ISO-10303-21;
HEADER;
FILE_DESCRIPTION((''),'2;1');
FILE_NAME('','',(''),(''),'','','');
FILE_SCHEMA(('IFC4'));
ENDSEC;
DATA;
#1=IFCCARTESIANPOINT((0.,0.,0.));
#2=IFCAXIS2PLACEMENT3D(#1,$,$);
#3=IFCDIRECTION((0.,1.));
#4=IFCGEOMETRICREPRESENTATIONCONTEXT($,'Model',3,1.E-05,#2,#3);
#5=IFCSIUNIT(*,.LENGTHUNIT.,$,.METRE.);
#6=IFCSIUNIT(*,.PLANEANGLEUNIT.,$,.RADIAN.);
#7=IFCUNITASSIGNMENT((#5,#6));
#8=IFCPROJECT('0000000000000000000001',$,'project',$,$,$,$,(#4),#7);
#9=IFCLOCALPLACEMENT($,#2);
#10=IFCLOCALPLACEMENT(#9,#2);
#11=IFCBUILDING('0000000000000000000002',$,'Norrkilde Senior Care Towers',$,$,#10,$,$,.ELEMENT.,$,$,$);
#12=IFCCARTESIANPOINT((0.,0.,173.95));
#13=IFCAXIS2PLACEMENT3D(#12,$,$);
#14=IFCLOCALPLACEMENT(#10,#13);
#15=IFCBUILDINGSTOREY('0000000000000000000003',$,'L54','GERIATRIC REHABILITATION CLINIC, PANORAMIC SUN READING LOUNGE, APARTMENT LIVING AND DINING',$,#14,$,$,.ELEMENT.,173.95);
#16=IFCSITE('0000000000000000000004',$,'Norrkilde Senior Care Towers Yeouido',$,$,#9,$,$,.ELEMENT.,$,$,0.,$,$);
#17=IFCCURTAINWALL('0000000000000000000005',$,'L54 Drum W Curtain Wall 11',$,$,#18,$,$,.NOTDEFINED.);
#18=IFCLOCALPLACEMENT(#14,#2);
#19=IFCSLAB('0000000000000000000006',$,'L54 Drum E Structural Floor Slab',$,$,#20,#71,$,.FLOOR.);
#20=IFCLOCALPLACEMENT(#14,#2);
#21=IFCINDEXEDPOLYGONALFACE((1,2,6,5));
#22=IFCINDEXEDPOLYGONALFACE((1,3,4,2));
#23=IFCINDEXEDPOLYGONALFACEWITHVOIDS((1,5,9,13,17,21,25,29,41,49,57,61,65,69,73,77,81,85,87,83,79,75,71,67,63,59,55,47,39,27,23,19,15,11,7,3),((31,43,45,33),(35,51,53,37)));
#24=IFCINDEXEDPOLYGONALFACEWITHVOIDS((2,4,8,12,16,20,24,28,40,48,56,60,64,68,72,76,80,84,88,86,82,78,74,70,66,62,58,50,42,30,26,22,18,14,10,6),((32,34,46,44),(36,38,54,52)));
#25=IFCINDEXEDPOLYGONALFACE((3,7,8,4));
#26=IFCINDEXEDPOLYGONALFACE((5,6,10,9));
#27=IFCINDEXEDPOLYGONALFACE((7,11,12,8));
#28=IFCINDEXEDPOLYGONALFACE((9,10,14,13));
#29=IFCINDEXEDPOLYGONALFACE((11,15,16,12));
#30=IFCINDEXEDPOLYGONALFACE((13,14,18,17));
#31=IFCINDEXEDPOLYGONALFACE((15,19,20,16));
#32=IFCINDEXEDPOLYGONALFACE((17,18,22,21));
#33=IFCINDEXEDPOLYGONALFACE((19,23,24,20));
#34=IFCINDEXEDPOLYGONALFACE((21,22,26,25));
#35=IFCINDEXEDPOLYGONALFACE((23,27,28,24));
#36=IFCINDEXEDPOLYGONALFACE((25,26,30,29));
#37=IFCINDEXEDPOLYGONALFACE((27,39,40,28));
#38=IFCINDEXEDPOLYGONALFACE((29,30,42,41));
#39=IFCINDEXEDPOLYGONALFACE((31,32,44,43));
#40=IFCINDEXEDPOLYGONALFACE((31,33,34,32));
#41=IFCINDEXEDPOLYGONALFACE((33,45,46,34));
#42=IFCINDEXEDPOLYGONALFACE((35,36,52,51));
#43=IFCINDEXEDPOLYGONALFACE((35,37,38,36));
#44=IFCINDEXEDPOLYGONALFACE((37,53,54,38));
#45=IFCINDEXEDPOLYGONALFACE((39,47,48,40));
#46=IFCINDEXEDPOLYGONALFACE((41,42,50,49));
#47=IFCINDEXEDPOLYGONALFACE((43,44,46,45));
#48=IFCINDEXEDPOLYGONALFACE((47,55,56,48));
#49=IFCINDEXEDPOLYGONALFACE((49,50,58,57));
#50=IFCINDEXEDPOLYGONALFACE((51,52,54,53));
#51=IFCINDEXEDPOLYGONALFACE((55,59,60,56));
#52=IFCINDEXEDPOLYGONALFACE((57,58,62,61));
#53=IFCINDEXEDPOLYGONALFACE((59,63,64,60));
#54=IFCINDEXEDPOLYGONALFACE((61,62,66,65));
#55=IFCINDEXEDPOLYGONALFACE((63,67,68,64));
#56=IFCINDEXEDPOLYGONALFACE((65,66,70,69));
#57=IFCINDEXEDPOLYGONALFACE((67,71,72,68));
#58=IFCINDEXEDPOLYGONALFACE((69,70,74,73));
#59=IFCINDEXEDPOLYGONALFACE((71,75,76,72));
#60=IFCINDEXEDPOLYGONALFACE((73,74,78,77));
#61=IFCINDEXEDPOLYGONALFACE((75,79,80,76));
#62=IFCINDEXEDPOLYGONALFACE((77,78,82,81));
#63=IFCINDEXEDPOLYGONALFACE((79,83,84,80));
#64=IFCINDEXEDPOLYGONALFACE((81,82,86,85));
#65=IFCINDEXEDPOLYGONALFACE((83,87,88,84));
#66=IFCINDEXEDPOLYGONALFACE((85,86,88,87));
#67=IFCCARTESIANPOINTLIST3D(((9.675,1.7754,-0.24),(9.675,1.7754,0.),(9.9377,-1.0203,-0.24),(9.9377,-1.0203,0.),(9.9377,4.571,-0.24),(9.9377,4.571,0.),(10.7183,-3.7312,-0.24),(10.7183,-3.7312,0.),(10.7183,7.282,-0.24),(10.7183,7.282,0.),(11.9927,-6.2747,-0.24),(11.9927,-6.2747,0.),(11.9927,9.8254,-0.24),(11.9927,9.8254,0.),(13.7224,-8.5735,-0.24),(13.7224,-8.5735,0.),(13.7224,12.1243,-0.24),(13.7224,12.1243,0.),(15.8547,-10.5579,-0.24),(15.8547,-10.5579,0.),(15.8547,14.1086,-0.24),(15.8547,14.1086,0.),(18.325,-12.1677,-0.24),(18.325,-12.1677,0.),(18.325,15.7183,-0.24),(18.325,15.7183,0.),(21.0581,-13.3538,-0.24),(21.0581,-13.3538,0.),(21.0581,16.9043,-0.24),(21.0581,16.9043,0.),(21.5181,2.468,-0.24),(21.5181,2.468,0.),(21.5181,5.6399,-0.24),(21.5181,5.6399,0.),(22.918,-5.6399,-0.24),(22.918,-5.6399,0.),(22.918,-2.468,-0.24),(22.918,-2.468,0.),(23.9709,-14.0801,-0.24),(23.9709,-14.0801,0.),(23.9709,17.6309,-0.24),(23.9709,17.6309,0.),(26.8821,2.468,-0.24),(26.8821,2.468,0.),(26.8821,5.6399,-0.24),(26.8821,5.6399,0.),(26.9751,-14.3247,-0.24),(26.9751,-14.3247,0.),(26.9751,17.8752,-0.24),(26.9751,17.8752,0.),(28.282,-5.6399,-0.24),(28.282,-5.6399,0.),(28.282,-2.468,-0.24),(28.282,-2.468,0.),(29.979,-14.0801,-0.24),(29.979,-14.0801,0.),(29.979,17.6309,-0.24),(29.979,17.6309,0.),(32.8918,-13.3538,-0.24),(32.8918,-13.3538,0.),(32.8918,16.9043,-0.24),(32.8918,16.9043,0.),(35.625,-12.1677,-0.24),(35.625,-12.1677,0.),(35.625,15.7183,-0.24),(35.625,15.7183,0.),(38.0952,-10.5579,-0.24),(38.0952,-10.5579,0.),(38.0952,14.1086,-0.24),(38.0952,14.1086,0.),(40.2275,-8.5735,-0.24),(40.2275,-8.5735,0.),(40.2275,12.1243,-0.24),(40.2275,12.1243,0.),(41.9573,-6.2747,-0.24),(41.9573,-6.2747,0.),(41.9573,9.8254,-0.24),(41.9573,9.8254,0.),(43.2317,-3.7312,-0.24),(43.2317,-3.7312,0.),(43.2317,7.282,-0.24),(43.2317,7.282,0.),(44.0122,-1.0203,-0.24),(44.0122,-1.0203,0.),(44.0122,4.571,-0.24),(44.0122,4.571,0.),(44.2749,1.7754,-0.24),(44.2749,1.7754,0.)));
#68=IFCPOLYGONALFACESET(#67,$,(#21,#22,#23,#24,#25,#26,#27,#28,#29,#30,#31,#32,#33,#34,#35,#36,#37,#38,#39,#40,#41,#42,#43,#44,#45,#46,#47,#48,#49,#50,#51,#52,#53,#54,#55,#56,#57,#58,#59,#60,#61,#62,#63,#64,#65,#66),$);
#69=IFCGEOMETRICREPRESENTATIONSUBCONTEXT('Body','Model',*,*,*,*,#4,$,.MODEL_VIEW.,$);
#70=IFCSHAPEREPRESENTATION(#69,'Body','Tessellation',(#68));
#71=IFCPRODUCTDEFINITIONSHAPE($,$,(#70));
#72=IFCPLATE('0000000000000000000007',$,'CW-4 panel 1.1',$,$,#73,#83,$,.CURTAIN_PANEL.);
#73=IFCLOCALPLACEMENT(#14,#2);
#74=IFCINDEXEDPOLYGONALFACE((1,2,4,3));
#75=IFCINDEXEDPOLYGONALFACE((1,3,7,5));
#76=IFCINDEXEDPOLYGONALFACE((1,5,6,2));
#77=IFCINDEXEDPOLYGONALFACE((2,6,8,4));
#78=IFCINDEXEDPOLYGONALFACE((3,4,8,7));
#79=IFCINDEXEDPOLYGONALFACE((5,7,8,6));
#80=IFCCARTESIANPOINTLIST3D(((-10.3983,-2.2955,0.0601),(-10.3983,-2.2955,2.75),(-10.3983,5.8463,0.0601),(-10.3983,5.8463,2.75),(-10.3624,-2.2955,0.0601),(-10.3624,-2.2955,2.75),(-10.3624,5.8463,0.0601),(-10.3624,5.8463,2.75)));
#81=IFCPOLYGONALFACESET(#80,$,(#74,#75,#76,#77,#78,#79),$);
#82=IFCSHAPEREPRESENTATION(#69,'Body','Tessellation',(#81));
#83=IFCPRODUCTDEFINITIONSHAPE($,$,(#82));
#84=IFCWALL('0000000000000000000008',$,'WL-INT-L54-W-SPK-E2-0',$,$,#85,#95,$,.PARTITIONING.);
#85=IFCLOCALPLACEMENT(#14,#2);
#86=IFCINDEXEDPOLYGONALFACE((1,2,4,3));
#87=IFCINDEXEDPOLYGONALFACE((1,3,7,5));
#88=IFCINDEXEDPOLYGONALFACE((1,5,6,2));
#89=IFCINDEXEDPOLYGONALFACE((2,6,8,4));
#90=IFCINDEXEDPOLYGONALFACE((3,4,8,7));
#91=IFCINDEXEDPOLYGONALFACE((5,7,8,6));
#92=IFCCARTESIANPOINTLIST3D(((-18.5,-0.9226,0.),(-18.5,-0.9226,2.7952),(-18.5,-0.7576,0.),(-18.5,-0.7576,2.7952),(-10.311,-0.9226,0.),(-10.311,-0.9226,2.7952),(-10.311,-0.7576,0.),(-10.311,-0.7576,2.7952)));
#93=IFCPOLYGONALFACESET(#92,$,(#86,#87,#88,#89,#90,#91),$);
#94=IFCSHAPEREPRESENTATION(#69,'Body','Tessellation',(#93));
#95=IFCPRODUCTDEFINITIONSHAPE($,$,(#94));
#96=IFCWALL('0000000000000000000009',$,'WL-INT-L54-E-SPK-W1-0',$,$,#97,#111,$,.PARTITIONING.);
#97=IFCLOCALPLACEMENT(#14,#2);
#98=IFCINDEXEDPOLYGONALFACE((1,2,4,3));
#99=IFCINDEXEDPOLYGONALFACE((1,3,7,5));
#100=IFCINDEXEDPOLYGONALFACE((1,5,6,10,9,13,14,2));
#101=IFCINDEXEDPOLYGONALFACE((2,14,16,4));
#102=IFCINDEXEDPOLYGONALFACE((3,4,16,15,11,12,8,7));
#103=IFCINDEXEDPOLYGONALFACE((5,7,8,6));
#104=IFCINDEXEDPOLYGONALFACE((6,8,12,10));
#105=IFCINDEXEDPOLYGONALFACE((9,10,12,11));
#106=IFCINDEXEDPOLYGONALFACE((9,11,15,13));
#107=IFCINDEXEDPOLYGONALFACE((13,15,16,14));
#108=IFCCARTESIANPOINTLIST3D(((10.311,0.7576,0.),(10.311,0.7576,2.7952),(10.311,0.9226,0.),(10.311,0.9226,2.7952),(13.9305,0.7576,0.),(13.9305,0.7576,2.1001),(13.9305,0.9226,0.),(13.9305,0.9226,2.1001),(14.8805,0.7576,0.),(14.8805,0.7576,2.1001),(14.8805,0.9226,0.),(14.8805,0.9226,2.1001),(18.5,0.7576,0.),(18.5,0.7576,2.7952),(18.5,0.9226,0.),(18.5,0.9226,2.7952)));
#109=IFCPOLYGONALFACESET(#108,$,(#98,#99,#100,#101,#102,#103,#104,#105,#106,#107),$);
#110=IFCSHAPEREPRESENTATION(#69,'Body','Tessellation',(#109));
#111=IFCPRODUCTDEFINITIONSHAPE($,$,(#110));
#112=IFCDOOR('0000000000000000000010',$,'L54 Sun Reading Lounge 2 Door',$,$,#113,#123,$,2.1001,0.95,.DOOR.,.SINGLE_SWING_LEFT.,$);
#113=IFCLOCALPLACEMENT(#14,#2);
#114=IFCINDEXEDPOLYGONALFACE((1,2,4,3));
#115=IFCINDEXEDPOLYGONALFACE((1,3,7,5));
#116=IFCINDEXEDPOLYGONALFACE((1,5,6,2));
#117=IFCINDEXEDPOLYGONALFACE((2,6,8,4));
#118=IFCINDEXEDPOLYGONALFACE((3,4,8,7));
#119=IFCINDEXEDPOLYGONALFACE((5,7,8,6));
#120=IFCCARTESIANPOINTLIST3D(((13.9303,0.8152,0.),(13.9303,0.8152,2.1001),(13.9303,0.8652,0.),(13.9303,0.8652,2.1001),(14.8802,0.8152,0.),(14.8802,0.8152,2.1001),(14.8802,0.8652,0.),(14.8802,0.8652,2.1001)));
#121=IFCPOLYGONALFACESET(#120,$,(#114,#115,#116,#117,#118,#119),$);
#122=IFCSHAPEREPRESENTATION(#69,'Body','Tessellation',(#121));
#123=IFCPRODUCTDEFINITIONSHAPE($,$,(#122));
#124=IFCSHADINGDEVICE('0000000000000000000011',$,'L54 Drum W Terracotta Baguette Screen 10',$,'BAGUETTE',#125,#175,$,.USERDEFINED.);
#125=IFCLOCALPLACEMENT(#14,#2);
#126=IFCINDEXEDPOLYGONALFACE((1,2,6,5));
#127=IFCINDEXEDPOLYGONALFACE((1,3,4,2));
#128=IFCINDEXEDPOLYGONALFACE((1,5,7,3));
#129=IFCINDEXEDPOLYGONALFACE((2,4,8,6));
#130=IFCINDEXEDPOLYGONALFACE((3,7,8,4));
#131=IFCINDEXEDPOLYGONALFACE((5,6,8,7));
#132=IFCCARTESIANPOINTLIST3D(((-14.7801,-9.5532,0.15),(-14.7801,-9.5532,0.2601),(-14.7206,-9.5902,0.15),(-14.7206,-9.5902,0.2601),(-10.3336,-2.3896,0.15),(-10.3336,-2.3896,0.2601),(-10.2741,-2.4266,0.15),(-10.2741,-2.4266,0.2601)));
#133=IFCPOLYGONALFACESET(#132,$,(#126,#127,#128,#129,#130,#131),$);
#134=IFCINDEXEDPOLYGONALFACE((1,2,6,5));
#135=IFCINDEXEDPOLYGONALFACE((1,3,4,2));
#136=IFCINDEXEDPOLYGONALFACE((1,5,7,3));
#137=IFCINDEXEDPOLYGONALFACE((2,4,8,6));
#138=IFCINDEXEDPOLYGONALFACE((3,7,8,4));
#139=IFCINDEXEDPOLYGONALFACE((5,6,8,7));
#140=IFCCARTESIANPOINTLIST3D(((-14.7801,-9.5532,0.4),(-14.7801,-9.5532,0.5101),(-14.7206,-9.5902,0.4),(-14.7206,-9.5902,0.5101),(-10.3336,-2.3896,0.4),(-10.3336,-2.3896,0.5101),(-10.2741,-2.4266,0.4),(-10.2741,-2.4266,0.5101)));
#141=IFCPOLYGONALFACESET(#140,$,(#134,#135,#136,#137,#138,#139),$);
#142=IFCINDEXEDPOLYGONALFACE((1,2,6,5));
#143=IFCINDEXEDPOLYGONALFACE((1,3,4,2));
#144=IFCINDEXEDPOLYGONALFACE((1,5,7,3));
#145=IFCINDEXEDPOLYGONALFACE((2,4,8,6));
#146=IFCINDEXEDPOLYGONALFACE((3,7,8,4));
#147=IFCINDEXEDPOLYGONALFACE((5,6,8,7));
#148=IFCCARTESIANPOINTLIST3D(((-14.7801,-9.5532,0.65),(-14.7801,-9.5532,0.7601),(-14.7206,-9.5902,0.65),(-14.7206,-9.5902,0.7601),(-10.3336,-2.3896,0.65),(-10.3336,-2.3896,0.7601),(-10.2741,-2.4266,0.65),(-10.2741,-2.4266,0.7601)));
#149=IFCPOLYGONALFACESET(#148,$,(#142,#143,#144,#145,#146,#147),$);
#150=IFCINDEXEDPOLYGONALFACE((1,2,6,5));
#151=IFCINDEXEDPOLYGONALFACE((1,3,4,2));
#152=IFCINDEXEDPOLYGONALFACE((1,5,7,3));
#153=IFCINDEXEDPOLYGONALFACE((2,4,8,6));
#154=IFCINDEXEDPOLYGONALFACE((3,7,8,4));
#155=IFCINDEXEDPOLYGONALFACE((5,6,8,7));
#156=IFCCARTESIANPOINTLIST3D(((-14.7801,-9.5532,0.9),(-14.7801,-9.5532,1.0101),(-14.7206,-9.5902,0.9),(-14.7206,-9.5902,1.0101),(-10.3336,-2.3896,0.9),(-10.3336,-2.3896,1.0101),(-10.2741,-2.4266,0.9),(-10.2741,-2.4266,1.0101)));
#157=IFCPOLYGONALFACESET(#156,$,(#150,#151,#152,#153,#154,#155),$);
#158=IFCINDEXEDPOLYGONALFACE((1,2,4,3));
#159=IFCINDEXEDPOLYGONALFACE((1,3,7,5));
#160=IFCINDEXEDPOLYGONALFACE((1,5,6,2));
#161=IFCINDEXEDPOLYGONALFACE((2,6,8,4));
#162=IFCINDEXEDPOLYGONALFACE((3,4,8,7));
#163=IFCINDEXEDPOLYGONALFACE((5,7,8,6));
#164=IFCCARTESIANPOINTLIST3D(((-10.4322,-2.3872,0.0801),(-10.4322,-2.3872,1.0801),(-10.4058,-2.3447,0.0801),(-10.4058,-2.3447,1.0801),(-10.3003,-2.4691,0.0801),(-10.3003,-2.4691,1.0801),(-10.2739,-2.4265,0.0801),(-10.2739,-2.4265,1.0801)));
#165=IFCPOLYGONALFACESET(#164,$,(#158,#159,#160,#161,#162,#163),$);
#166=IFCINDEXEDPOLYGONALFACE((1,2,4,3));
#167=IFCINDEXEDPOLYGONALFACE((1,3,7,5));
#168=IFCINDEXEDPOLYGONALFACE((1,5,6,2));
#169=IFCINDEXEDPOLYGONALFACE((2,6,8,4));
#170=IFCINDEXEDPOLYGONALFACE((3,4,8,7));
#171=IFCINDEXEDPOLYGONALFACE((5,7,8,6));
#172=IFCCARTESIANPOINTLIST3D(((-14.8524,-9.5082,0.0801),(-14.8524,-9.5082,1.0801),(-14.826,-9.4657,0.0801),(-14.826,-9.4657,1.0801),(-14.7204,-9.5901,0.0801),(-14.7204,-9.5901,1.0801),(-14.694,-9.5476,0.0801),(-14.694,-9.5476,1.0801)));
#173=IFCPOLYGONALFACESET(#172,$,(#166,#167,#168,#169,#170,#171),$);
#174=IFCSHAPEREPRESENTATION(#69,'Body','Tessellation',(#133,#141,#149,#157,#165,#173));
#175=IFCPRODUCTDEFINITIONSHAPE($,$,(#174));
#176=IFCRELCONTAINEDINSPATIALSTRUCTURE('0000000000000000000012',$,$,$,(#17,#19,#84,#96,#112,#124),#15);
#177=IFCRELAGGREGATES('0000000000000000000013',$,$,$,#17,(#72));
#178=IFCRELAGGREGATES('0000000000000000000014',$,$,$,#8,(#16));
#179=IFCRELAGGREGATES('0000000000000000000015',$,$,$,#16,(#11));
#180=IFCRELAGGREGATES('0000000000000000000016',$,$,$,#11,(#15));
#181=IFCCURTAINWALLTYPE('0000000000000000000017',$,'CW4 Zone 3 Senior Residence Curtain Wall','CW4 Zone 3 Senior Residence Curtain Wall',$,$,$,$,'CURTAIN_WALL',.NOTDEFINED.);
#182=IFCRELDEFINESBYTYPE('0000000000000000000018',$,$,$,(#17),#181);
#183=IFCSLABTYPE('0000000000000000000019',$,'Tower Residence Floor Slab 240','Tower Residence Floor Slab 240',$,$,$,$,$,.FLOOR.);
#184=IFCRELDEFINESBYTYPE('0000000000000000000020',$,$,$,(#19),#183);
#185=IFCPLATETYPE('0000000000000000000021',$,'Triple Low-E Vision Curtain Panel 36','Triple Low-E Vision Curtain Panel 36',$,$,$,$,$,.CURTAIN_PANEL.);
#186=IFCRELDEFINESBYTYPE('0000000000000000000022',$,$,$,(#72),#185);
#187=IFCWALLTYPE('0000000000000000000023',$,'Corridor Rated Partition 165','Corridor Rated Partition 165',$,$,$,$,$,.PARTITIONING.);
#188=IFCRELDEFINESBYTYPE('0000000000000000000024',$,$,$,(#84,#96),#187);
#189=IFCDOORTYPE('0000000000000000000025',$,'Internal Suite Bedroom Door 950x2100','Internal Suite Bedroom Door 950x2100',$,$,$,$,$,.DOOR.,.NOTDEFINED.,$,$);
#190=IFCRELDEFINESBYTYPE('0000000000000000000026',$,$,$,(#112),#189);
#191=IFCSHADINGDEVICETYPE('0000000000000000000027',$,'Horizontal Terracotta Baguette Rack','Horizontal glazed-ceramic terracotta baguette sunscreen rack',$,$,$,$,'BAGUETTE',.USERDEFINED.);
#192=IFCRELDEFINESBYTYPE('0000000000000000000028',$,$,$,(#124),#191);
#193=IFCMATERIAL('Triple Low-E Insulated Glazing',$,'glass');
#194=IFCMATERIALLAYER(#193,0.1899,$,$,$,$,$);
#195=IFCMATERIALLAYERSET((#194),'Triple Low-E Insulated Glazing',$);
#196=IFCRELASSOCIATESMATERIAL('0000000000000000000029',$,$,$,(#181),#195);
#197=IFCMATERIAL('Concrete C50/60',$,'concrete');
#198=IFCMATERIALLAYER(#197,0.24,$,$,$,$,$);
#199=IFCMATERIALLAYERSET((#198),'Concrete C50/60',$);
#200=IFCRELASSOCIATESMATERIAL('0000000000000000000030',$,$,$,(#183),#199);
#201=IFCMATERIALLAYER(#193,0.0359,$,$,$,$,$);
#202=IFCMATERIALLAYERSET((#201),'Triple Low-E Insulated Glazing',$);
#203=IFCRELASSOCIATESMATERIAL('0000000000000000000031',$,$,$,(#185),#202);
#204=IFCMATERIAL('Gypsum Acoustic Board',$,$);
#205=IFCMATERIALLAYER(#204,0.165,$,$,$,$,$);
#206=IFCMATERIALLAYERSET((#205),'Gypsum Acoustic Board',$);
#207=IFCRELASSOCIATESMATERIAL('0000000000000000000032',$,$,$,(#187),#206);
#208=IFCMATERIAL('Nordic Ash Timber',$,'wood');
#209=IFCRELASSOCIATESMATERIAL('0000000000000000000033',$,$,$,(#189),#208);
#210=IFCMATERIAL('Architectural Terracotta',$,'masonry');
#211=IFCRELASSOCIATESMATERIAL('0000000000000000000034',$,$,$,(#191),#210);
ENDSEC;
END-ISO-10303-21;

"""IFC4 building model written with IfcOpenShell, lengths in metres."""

from ifc_helpers import new_model, si_unit, direction, frame, frame_2d, origin, origin_2d, place, context, subcontext, project, spatial, polyline, rectangle, outline, extrude, source, transform, mapped, material, layer, layer_set, type_object, type_shapes, element, fill, aggregate, save


model = new_model("IFC4")

# Units and contexts
model_context = context("Model", 3, precision=1e-05, world=origin(), true_north=direction((0.0, 1.0)))
body_context = subcontext(model_context, "Body", "Model", "MODEL_VIEW")
ifc_project = project(units=[si_unit("LENGTHUNIT", "METRE"), si_unit("PLANEANGLEUNIT", "RADIAN")], contexts=[model_context])

# Site, building, storey
site_placement = place(None, origin())
site = spatial("IfcSite", under=ifc_project, at=site_placement, Name="Norrkilde Senior Care Towers Yeouido", CompositionType="ELEMENT", RefElevation=0.0)
building_placement = place(site_placement, origin())
building = spatial("IfcBuilding", under=site, at=building_placement, Name="Norrkilde Senior Care Towers", CompositionType="ELEMENT")
storey_placement = place(building_placement, frame((0.0, 0.0, 173.95)))
storey = spatial("IfcBuildingStorey", under=building, at=storey_placement, Name="L54", Description="GERIATRIC REHABILITATION CLINIC, PANORAMIC SUN READING LOUNGE, APARTMENT LIVING AND DINING", CompositionType="ELEMENT", Elevation=173.95)

# Shared definitions
ifc_material_1 = material(Name="Concrete C50/60", Category="concrete")

# Shared definitions
ifc_material_2 = material(Name="Triple Low-E Insulated Glazing", Category="glass")
ifc_layer_1 = layer(ifc_material_2, 0.1899)
ifc_layer_set_1 = layer_set([ifc_layer_1], Name="Triple Low-E Insulated Glazing")
curtain_wall_type = type_object("IfcCurtainWallType", Name="CW4 Zone 3 Senior Residence Curtain Wall", Description="CW4 Zone 3 Senior Residence Curtain Wall", ElementType="CURTAIN_WALL", PredefinedType="NOTDEFINED", material=ifc_layer_set_1)

# Curtain wall
curtain_wall_1_placement = place(storey_placement, origin())
curtain_wall_1 = element("IfcCurtainWall", 1, at=curtain_wall_1_placement, inside=storey, type_object=curtain_wall_type, Name="L54 Drum W Curtain Wall 11", PredefinedType="NOTDEFINED")

# Slab
ifc_layer_2 = layer(ifc_material_1, 0.24)
ifc_layer_set_2 = layer_set([ifc_layer_2], Name="Concrete C50/60")
slab_type_1 = type_object("IfcSlabType", Name="Tower Residence Floor Slab 240", Description="Tower Residence Floor Slab 240", PredefinedType="FLOOR", material=ifc_layer_set_2)
slab_1_placement = place(storey_placement, frame((0.0, 0.0, -0.24)))
element("IfcSlab", 2, at=slab_1_placement, inside=storey, type_object=slab_type_1, Name="L54 Drum E Structural Floor Slab", PredefinedType="FLOOR", context=body_context, shape_type="SweptSolid", body=[
    extrude(outline(polyline([(43.2317, -3.7312), (41.9573, -6.2747), (40.2275, -8.5735), (38.0952, -10.5579), (35.625, -12.1677), (32.8918, -13.3538), (29.979, -14.0801), (26.9751, -14.3247), (23.9709, -14.0801), (21.0581, -13.3538), (18.325, -12.1677), (15.8547, -10.5579), (13.7224, -8.5735), (11.9927, -6.2747), (10.7183, -3.7312), (9.9377, -1.0203), (9.675, 1.7754), (9.9377, 4.571), (10.7183, 7.282), (11.9927, 9.8254), (13.7224, 12.1243), (15.8547, 14.1086), (18.325, 15.7183), (21.0581, 16.9043), (23.9709, 17.6309), (26.9751, 17.8752), (29.979, 17.6309), (32.8918, 16.9043), (35.625, 15.7183), (38.0952, 14.1086), (40.2275, 12.1243), (41.9573, 9.8254), (43.2317, 7.282), (44.0122, 4.571), (44.2749, 1.7754), (44.0122, -1.0203), (43.2317, -3.7312)]), holes=[polyline([(21.5181, 2.468), (26.8821, 2.468), (26.8821, 5.6399), (21.5181, 5.6399), (21.5181, 2.468)]), polyline([(28.282, -5.6399), (28.282, -2.468), (22.918, -2.468), (22.918, -5.6399), (28.282, -5.6399)])]), origin(), (0.0, 0.0, 1.0), 0.24),
])

# Plate
ifc_layer_3 = layer(ifc_material_2, 0.0359)
ifc_layer_set_3 = layer_set([ifc_layer_3], Name="Triple Low-E Insulated Glazing")
plate_type = type_object("IfcPlateType", Name="Triple Low-E Vision Curtain Panel 36", Description="Triple Low-E Vision Curtain Panel 36", PredefinedType="CURTAIN_PANEL", material=ifc_layer_set_3)
shared_shape_1 = source(origin(), body_context, "Body", "SweptSolid", [
    extrude(rectangle(XDim=8.1418, YDim=0.0359, at=origin_2d()), origin(), (0.0, 0.0, 1.0), 2.6899),
])
type_shapes(plate_type, [shared_shape_1])
plate_placement = place(storey_placement, frame((-10.3804, 1.7754, 0.0601), z_axis=(0.0, 0.0, 1.0), x_axis=(0.0, -1.0, 0.0)))
plate = element("IfcPlate", 3, at=plate_placement, type_object=plate_type, Name="CW-4 panel 1.1", PredefinedType="CURTAIN_PANEL", context=body_context, shape_type="MappedRepresentation", body=[
    mapped(shared_shape_1, transform((0.0, 0.0, 0.0), x_axis=(1.0, 0.0, 0.0), y_axis=(0.0, 1.0, 0.0), z_axis=(0.0, 0.0, 1.0), scale=1.0)),
])
aggregate(curtain_wall_1, [plate])

# Wall
ifc_material_3 = material(Name="Gypsum Acoustic Board")
ifc_layer_4 = layer(ifc_material_3, 0.165)
ifc_layer_set_4 = layer_set([ifc_layer_4], Name="Gypsum Acoustic Board")
wall_type = type_object("IfcWallType", Name="Corridor Rated Partition 165", Description="Corridor Rated Partition 165", PredefinedType="PARTITIONING", material=ifc_layer_set_4)
shared_shape_2 = source(origin(), body_context, "Body", "SweptSolid", [
    extrude(rectangle(XDim=8.189, YDim=0.165, at=frame_2d((4.0945, 0.0))), origin(), (0.0, 0.0, 1.0), 2.7952),
])
type_shapes(wall_type, [shared_shape_2])
wall_1_placement = place(storey_placement, frame((-10.311, -0.8401, 0.0), z_axis=(0.0, 0.0, 1.0), x_axis=(-1.0, 0.0, 0.0)))
element("IfcWall", 4, at=wall_1_placement, inside=storey, type_object=wall_type, Name="WL-INT-L54-W-SPK-E2-0", PredefinedType="PARTITIONING", context=body_context, shape_type="MappedRepresentation", body=[
    mapped(shared_shape_2, transform((0.0, 0.0, 0.0), x_axis=(1.0, 0.0, 0.0), y_axis=(0.0, 1.0, 0.0), z_axis=(0.0, 0.0, 1.0), scale=1.0)),
])

# Wall, opening, door
wall_2_placement = place(storey_placement, frame((10.311, 0.8401, 0.0), z_axis=(0.0, 0.0, 1.0), x_axis=(1.0, 0.0, 0.0)))
wall_2 = element("IfcWall", 5, at=wall_2_placement, inside=storey, type_object=wall_type, Name="WL-INT-L54-E-SPK-W1-0", PredefinedType="PARTITIONING", context=body_context, shape_type="MappedRepresentation", body=[
    mapped(shared_shape_2, transform((0.0, 0.0, 0.0), x_axis=(1.0, 0.0, 0.0), y_axis=(0.0, 1.0, 0.0), z_axis=(0.0, 0.0, 1.0), scale=1.0)),
])
opening_placement = place(wall_2_placement, frame((3.6194, 0.0, 0.0)))
opening = element("IfcOpeningElement", 6, at=opening_placement, cuts=wall_2, PredefinedType="OPENING", context=body_context, shape_type="SweptSolid", body=[
    extrude(rectangle(XDim=0.95, YDim=2.1001, at=frame_2d((0.4751, 1.05))), frame((0.0, 0.0925, 0.0), z_axis=(0.0, -1.0, 0.0), x_axis=(1.0, 0.0, 0.0)), (0.0, 0.0, 1.0), 0.1851),
])
ifc_material_4 = material(Name="Nordic Ash Timber", Category="wood")
door_type = type_object("IfcDoorType", Name="Internal Suite Bedroom Door 950x2100", Description="Internal Suite Bedroom Door 950x2100", OperationType="NOTDEFINED", PredefinedType="DOOR", material=ifc_material_4)
shared_shape_3 = source(origin(), body_context, "Body", "SweptSolid", [
    extrude(rectangle(XDim=0.95, YDim=2.1001, at=frame_2d((0.4751, 1.05))), frame((0.0, 0.0249, 0.0), z_axis=(0.0, -1.0, 0.0), x_axis=(1.0, 0.0, 0.0)), (0.0, 0.0, 1.0), 0.05),
])
type_shapes(door_type, [shared_shape_3])
door_placement = place(opening_placement, frame((0.95, 0.0, 0.0), z_axis=(0.0, 0.0, 1.0), x_axis=(-1.0, 0.0, 0.0)))
door = element("IfcDoor", 7, at=door_placement, inside=storey, type_object=door_type, Name="L54 Sun Reading Lounge 2 Door", OperationType="SINGLE_SWING_LEFT", OverallHeight=2.1001, OverallWidth=0.95, PredefinedType="DOOR", context=body_context, shape_type="MappedRepresentation", body=[
    mapped(shared_shape_3, transform((0.0, 0.0, 0.0), x_axis=(1.0, 0.0, 0.0), y_axis=(0.0, 1.0, 0.0), z_axis=(0.0, 0.0, 1.0), scale=1.0)),
])
fill(opening, door)

# Shading device
ifc_material_5 = material(Name="Architectural Terracotta", Category="masonry")
shading_device_type = type_object("IfcShadingDeviceType", Name="Horizontal Terracotta Baguette Rack", Description="Horizontal glazed-ceramic terracotta baguette sunscreen rack", ElementType="BAGUETTE", PredefinedType="USERDEFINED", material=ifc_material_5)
shared_shape_4 = source(origin(), body_context, "Body", "SweptSolid", [
    extrude(rectangle(XDim=0.0701, YDim=0.1101, at=origin_2d()), frame((0.0, 0.0901, 0.125), z_axis=(1.0, 0.0, 0.0), x_axis=(0.0, 1.0, 0.0)), (0.0, 0.0, 1.0), 8.4314),
    extrude(rectangle(XDim=0.0701, YDim=0.1101, at=origin_2d()), frame((0.0, 0.0901, 0.375), z_axis=(1.0, 0.0, 0.0), x_axis=(0.0, 1.0, 0.0)), (0.0, 0.0, 1.0), 8.4314),
    extrude(rectangle(XDim=0.0701, YDim=0.1101, at=origin_2d()), frame((0.0, 0.0901, 0.625), z_axis=(1.0, 0.0, 0.0), x_axis=(0.0, 1.0, 0.0)), (0.0, 0.0, 1.0), 8.4314),
    extrude(rectangle(XDim=0.0701, YDim=0.1101, at=origin_2d()), frame((0.0, 0.0901, 0.875), z_axis=(1.0, 0.0, 0.0), x_axis=(0.0, 1.0, 0.0)), (0.0, 0.0, 1.0), 8.4314),
    extrude(rectangle(XDim=0.05, YDim=0.1553, at=origin_2d()), frame((0.0249, 0.0476, 0.0)), (0.0, 0.0, 1.0), 1.0),
    extrude(rectangle(XDim=0.05, YDim=0.1553, at=origin_2d()), frame((8.4062, 0.0476, 0.0)), (0.0, 0.0, 1.0), 1.0),
])
type_shapes(shading_device_type, [shared_shape_4])
shading_device_placement = place(storey_placement, frame((-10.3804, -2.3606, 0.0801), z_axis=(0.0, 0.0, 1.0), x_axis=(-0.527378, -0.849631, 0.0)))
element("IfcShadingDevice", 8, at=shading_device_placement, inside=storey, type_object=shading_device_type, Name="L54 Drum W Terracotta Baguette Screen 10", ObjectType="BAGUETTE", PredefinedType="USERDEFINED", context=body_context, shape_type="MappedRepresentation", body=[
    mapped(shared_shape_4, transform((0.0, 0.0, 0.0), x_axis=(1.0, 0.0, 0.0), y_axis=(0.0, 1.0, 0.0), z_axis=(0.0, 0.0, 1.0), scale=1.0)),
])

save(model, "model.ifc")
